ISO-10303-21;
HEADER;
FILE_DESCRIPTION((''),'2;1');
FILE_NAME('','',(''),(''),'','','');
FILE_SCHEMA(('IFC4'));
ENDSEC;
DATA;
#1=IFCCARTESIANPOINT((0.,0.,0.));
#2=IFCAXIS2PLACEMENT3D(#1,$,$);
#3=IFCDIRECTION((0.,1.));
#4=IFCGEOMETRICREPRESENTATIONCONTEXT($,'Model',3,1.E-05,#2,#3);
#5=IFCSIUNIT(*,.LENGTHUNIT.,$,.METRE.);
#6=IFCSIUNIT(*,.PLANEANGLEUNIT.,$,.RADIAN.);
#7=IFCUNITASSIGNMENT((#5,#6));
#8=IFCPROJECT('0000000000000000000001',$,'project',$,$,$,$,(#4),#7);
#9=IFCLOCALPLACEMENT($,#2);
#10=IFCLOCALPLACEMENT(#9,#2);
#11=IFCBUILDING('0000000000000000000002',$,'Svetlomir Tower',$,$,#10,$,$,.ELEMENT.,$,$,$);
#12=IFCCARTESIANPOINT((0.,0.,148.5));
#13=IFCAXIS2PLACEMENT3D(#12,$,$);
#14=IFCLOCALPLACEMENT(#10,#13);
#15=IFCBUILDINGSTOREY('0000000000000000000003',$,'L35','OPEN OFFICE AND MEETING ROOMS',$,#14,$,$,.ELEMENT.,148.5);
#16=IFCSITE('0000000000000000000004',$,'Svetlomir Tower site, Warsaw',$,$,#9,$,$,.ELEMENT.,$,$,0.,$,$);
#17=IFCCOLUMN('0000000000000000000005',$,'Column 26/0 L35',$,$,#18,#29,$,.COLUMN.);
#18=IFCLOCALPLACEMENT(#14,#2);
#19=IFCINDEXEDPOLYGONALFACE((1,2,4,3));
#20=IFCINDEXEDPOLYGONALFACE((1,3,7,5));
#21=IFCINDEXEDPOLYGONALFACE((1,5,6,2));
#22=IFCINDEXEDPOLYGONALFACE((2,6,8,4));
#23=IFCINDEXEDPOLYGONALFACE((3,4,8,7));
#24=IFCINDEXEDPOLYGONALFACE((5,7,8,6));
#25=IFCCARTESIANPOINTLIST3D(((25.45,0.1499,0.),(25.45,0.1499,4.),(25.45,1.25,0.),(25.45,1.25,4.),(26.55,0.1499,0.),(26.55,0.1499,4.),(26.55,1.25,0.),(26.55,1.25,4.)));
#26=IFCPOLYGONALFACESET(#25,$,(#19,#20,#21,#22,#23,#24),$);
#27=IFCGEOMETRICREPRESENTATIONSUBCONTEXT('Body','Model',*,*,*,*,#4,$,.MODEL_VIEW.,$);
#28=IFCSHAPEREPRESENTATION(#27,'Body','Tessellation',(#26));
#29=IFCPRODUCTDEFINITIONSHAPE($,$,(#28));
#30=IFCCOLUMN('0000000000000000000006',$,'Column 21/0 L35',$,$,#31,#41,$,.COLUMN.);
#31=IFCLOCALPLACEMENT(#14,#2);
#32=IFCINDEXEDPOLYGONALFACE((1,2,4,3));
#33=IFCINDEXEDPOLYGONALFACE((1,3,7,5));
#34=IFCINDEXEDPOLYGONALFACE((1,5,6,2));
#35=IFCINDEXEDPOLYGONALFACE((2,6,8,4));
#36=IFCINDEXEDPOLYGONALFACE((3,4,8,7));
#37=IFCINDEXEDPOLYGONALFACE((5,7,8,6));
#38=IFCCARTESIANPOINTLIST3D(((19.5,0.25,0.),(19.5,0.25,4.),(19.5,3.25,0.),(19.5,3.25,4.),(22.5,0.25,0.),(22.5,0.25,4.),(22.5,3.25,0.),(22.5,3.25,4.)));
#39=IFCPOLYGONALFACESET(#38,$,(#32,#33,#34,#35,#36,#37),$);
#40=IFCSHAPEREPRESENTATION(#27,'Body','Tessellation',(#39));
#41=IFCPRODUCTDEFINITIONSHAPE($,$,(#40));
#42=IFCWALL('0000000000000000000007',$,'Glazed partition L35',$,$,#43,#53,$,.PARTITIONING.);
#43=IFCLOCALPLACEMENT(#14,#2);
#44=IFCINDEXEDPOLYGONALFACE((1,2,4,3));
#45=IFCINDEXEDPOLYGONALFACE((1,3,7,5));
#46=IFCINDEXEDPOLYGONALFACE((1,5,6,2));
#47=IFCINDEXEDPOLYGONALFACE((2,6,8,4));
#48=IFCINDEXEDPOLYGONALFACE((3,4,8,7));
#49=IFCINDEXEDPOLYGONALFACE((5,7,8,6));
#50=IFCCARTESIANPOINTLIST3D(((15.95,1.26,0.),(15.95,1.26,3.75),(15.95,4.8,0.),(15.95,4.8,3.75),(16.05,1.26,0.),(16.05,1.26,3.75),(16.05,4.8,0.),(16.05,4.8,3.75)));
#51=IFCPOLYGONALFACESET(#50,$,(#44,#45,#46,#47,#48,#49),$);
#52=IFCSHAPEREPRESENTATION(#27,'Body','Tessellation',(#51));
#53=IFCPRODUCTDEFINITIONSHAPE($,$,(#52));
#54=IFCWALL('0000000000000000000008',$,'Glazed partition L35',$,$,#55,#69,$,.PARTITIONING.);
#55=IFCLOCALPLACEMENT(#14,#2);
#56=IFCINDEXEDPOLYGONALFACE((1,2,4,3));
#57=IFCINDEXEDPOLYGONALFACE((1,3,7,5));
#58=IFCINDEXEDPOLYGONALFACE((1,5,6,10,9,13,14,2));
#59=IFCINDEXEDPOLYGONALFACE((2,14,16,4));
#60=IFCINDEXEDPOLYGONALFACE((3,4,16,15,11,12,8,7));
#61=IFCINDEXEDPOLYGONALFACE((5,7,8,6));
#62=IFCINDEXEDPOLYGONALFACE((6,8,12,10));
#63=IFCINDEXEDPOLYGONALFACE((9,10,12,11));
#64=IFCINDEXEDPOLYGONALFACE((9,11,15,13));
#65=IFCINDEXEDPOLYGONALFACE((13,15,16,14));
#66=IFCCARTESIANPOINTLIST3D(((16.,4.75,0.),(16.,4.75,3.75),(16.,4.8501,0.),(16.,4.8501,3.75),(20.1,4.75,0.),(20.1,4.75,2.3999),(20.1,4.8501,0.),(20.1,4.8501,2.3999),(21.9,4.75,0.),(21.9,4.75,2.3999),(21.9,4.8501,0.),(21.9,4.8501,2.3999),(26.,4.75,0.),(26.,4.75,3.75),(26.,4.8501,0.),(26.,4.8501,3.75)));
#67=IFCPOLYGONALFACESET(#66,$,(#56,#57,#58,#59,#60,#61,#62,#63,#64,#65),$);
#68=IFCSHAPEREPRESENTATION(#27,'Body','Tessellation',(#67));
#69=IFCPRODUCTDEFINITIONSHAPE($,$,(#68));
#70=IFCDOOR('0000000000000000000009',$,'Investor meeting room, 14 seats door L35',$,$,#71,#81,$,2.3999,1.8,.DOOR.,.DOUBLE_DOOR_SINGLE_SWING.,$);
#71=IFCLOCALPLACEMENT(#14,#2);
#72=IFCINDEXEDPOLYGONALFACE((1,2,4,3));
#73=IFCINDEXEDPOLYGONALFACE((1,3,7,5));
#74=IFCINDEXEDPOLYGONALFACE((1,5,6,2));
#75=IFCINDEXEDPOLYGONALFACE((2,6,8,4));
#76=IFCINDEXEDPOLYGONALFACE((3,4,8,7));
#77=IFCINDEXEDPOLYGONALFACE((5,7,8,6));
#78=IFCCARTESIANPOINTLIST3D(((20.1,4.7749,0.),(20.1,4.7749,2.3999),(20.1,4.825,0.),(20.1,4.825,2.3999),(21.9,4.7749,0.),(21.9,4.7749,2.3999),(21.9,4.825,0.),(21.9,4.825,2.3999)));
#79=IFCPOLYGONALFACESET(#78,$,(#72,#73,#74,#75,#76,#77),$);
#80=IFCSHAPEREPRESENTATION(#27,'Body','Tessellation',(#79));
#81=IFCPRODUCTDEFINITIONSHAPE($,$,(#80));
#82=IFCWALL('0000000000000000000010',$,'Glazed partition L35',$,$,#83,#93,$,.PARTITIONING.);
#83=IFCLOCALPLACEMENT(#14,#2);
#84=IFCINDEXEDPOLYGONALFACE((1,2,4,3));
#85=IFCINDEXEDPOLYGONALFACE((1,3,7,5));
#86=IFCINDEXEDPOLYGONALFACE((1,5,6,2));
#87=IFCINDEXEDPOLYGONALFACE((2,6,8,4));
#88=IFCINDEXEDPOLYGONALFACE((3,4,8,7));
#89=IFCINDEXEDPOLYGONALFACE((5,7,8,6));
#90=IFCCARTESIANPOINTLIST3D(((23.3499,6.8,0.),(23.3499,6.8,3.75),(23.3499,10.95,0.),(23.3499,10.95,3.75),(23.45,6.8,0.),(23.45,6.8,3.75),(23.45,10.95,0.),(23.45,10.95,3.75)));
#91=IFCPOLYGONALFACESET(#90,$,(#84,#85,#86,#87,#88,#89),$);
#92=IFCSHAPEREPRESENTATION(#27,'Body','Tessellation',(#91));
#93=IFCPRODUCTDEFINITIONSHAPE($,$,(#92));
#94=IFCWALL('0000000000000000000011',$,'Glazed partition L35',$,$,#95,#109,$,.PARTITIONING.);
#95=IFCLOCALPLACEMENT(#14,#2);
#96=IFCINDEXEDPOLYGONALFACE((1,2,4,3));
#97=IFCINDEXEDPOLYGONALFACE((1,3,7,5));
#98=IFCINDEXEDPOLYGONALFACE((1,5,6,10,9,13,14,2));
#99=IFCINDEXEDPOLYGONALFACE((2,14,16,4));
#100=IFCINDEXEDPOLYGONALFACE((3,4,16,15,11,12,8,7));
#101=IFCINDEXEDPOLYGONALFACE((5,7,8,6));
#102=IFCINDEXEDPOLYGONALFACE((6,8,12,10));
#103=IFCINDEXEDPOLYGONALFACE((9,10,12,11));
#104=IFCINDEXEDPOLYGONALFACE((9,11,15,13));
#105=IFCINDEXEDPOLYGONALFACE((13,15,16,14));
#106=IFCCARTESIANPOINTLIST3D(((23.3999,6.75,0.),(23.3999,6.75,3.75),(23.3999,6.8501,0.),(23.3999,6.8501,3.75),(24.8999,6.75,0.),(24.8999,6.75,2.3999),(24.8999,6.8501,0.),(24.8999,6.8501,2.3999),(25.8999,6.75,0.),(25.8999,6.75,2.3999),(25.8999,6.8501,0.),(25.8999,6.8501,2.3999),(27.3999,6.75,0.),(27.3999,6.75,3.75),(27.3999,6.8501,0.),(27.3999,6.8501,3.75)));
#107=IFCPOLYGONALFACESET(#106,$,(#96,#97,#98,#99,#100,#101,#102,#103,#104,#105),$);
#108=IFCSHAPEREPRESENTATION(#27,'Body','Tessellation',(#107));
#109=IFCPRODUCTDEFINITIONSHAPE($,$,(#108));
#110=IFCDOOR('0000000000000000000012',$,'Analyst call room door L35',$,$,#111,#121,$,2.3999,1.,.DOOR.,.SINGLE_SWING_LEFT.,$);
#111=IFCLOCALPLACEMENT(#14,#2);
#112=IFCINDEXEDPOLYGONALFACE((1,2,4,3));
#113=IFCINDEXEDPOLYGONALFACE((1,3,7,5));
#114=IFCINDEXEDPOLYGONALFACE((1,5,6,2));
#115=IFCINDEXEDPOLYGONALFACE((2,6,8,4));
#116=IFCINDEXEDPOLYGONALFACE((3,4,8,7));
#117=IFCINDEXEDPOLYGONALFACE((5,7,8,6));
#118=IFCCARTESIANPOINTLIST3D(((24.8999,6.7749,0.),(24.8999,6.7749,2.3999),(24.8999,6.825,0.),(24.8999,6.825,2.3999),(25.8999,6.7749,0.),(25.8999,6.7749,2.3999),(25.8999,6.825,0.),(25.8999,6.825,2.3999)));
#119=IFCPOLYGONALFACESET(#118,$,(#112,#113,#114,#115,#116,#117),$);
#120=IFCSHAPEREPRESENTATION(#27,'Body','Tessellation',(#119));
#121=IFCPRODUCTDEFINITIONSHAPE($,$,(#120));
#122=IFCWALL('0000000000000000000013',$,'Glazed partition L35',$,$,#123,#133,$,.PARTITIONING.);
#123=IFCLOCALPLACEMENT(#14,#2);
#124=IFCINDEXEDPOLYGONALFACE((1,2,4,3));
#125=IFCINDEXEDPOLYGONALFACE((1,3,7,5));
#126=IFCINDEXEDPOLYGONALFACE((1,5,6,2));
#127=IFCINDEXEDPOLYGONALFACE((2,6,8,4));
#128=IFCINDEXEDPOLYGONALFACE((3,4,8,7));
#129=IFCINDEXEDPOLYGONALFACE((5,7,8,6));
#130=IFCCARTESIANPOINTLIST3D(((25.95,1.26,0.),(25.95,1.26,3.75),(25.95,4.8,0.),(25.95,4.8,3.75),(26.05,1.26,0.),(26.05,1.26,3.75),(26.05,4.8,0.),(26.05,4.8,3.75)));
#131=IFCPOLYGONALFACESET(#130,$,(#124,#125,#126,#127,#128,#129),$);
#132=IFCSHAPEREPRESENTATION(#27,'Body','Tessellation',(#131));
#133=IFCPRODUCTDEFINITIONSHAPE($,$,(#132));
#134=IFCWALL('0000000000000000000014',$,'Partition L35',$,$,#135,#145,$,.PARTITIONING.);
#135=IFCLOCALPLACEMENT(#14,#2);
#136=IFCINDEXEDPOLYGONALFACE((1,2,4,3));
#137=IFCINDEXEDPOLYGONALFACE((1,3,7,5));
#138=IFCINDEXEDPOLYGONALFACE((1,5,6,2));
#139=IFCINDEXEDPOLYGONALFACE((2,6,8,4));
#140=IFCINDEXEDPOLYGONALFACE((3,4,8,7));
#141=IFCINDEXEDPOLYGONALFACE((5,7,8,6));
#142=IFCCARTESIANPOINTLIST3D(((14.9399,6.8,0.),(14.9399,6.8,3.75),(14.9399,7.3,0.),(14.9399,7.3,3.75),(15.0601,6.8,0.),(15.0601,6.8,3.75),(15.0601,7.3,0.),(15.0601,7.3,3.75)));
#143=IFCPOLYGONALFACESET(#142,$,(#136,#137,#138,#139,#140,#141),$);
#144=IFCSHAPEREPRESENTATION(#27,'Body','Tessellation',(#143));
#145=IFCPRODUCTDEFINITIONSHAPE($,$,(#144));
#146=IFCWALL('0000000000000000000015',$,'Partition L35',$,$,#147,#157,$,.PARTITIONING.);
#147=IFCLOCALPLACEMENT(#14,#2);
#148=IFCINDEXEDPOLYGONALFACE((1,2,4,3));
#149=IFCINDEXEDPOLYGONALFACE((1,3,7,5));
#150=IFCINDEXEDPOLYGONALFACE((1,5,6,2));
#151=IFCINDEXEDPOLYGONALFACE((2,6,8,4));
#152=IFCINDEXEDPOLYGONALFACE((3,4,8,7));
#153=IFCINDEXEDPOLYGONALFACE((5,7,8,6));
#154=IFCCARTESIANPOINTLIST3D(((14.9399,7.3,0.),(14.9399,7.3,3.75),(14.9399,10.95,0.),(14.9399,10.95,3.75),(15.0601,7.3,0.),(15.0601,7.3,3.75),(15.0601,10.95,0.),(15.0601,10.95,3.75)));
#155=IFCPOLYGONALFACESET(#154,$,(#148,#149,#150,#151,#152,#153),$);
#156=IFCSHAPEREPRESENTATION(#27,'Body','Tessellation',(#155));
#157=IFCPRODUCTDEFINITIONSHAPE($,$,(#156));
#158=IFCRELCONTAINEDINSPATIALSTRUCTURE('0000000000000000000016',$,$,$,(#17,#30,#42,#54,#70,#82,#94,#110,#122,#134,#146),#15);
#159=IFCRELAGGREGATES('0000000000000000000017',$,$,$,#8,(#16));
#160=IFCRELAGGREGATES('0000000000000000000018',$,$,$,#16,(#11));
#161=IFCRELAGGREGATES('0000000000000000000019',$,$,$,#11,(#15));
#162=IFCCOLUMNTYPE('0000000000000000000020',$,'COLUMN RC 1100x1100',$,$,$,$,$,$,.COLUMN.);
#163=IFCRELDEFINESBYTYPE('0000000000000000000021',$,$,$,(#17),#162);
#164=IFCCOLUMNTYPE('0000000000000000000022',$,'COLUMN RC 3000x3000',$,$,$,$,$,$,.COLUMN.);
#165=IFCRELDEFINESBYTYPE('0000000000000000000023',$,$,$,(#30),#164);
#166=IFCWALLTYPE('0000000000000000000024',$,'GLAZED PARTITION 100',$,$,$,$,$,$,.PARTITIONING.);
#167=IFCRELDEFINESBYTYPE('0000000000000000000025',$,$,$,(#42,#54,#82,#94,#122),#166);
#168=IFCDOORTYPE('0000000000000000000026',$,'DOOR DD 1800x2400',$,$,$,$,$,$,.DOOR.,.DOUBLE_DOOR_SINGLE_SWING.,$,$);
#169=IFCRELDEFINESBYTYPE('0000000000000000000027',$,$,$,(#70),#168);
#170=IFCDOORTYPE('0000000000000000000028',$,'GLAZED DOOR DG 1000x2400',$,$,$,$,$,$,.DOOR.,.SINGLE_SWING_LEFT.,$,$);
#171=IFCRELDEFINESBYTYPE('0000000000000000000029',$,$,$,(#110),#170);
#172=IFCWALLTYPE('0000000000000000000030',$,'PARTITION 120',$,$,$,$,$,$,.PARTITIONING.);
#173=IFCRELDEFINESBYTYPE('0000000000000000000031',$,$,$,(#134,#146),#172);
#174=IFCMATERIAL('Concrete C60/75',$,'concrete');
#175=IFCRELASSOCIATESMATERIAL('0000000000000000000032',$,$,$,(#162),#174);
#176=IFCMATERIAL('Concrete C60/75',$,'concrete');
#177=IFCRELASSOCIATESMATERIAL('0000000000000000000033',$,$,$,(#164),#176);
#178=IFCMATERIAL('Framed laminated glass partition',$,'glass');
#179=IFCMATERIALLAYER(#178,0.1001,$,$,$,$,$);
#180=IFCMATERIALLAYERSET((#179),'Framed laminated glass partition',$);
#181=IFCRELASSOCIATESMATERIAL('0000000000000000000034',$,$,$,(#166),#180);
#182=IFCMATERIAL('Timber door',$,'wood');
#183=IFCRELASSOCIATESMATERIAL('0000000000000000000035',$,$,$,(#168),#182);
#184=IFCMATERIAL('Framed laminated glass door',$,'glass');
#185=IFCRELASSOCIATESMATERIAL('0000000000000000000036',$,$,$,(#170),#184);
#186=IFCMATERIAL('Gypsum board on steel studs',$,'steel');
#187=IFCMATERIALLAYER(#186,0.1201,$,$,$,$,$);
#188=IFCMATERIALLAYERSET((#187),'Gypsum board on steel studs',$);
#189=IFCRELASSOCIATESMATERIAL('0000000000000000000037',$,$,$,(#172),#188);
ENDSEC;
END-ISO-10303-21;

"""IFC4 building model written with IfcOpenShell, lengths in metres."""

from ifc_helpers import new_model, si_unit, direction, frame, frame_2d, origin, origin_2d, place, context, subcontext, project, spatial, rectangle, extrude, material, layer, layer_set, material_profile, profile_set, type_object, element, fill, save


model = new_model("IFC4")

# Units and contexts
model_context = context("Model", 3, precision=1e-05, world=origin(), true_north=direction((0.0, 1.0)))
body_context = subcontext(model_context, "Body", "Model", "MODEL_VIEW")
ifc_project = project(units=[si_unit("LENGTHUNIT", "METRE"), si_unit("PLANEANGLEUNIT", "RADIAN")], contexts=[model_context])

# Site, building, storey
site_placement = place(None, origin())
site = spatial("IfcSite", under=ifc_project, at=site_placement, Name="Svetlomir Tower site, Warsaw", CompositionType="ELEMENT", RefElevation=0.0)
building_placement = place(site_placement, origin())
building = spatial("IfcBuilding", under=site, at=building_placement, Name="Svetlomir Tower", CompositionType="ELEMENT")
storey_placement = place(building_placement, frame((0.0, 0.0, 148.5)))
storey = spatial("IfcBuildingStorey", under=building, at=storey_placement, Name="L35", Description="OPEN OFFICE AND MEETING ROOMS", CompositionType="ELEMENT", Elevation=148.5)

# Columns
ifc_material_1 = material(Name="Concrete C60/75", Category="concrete")
ifc_material_profile_1 = material_profile(ifc_material_1, rectangle(XDim=1.1001, YDim=1.1001, at=origin_2d()), Name="RC 1100x1100")
ifc_profile_set_1 = profile_set([ifc_material_profile_1], Name="Concrete C60/75")
column_type_1 = type_object("IfcColumnType", Name="COLUMN RC 1100x1100", PredefinedType="COLUMN", material=ifc_profile_set_1)
column_1_placement = place(storey_placement, frame((26.0, 0.7, 0.0), z_axis=(0.0, 0.0, 1.0), x_axis=(1.0, 0.0, 0.0)))
element("IfcColumn", 1, at=column_1_placement, inside=storey, type_object=column_type_1, Name="Column 26/0 L35", PredefinedType="COLUMN", context=body_context, shape_type="SweptSolid", body=[
    extrude(rectangle(XDim=1.1001, YDim=1.1001, at=origin_2d()), origin(), (0.0, 0.0, 1.0), 4.0),
])
ifc_material_2 = material(Name="Concrete C60/75", Category="concrete")
ifc_material_profile_2 = material_profile(ifc_material_2, rectangle(XDim=3.0, YDim=3.0, at=origin_2d()), Name="RC 3000x3000")
ifc_profile_set_2 = profile_set([ifc_material_profile_2], Name="Concrete C60/75")
column_type_2 = type_object("IfcColumnType", Name="COLUMN RC 3000x3000", PredefinedType="COLUMN", material=ifc_profile_set_2)
column_2_placement = place(storey_placement, frame((21.0, 1.75, 0.0), z_axis=(0.0, 0.0, 1.0), x_axis=(1.0, 0.0, 0.0)))
element("IfcColumn", 2, at=column_2_placement, inside=storey, type_object=column_type_2, Name="Column 21/0 L35", PredefinedType="COLUMN", context=body_context, shape_type="SweptSolid", body=[
    extrude(rectangle(XDim=3.0, YDim=3.0, at=origin_2d()), origin(), (0.0, 0.0, 1.0), 4.0),
])

# Wall
ifc_material_3 = material(Name="Framed laminated glass partition", Category="glass")
ifc_layer_1 = layer(ifc_material_3, 0.1001)
ifc_layer_set_1 = layer_set([ifc_layer_1], Name="Framed laminated glass partition")
wall_type_1 = type_object("IfcWallType", Name="GLAZED PARTITION 100", PredefinedType="PARTITIONING", material=ifc_layer_set_1)
wall_1_placement = place(storey_placement, frame((16.0, 1.26, 0.0), z_axis=(0.0, 0.0, 1.0), x_axis=(0.0, 1.0, 0.0)))
element("IfcWall", 3, at=wall_1_placement, inside=storey, type_object=wall_type_1, Name="Glazed partition L35", PredefinedType="PARTITIONING", context=body_context, shape_type="SweptSolid", body=[
    extrude(rectangle(XDim=3.54, YDim=0.1001, at=frame_2d((1.77, 0.0))), origin(), (0.0, 0.0, 1.0), 3.75),
])

# Wall, opening, door
wall_2_placement = place(storey_placement, frame((16.0, 4.8, 0.0), z_axis=(0.0, 0.0, 1.0), x_axis=(1.0, 0.0, 0.0)))
wall_2 = element("IfcWall", 4, at=wall_2_placement, inside=storey, type_object=wall_type_1, Name="Glazed partition L35", PredefinedType="PARTITIONING", context=body_context, shape_type="SweptSolid", body=[
    extrude(rectangle(XDim=10.0, YDim=0.1001, at=frame_2d((5.0, 0.0))), origin(), (0.0, 0.0, 1.0), 3.75),
])
opening_1_placement = place(wall_2_placement, frame((4.1001, 0.0, 0.0)))
opening_1 = element("IfcOpeningElement", 5, at=opening_1_placement, cuts=wall_2, PredefinedType="OPENING", context=body_context, shape_type="SweptSolid", body=[
    extrude(rectangle(XDim=1.8, YDim=2.3999, at=frame_2d((0.8999, 1.2))), frame((0.0, 0.0601, 0.0), z_axis=(0.0, -1.0, 0.0), x_axis=(1.0, 0.0, 0.0)), (0.0, 0.0, 1.0), 0.1201),
])
ifc_material_4 = material(Name="Timber door", Category="wood")
door_type_1 = type_object("IfcDoorType", Name="DOOR DD 1800x2400", OperationType="DOUBLE_DOOR_SINGLE_SWING", PredefinedType="DOOR", material=ifc_material_4)
door_1_placement = place(opening_1_placement, origin())
door_1 = element("IfcDoor", 6, at=door_1_placement, inside=storey, type_object=door_type_1, Name="Investor meeting room, 14 seats door L35", OperationType="DOUBLE_DOOR_SINGLE_SWING", OverallHeight=2.3999, OverallWidth=1.8, PredefinedType="DOOR", context=body_context, shape_type="SweptSolid", body=[
    extrude(rectangle(XDim=1.8, YDim=2.3999, at=frame_2d((0.8999, 1.2))), frame((0.0, 0.0249, 0.0), z_axis=(0.0, -1.0, 0.0), x_axis=(1.0, 0.0, 0.0)), (0.0, 0.0, 1.0), 0.05),
])
fill(opening_1, door_1)

# Wall
wall_3_placement = place(storey_placement, frame((23.3999, 6.8, 0.0), z_axis=(0.0, 0.0, 1.0), x_axis=(0.0, 1.0, 0.0)))
element("IfcWall", 7, at=wall_3_placement, inside=storey, type_object=wall_type_1, Name="Glazed partition L35", PredefinedType="PARTITIONING", context=body_context, shape_type="SweptSolid", body=[
    extrude(rectangle(XDim=4.1499, YDim=0.1001, at=frame_2d((2.075, 0.0))), origin(), (0.0, 0.0, 1.0), 3.75),
])

# Wall, opening, door
wall_4_placement = place(storey_placement, frame((23.3999, 6.8, 0.0), z_axis=(0.0, 0.0, 1.0), x_axis=(1.0, 0.0, 0.0)))
wall_4 = element("IfcWall", 8, at=wall_4_placement, inside=storey, type_object=wall_type_1, Name="Glazed partition L35", PredefinedType="PARTITIONING", context=body_context, shape_type="SweptSolid", body=[
    extrude(rectangle(XDim=4.0, YDim=0.1001, at=frame_2d((2.0, 0.0))), origin(), (0.0, 0.0, 1.0), 3.75),
])
opening_2_placement = place(wall_4_placement, frame((1.5, 0.0, 0.0)))
opening_2 = element("IfcOpeningElement", 9, at=opening_2_placement, cuts=wall_4, PredefinedType="OPENING", context=body_context, shape_type="SweptSolid", body=[
    extrude(rectangle(XDim=1.0, YDim=2.3999, at=frame_2d((0.5, 1.2))), frame((0.0, 0.0601, 0.0), z_axis=(0.0, -1.0, 0.0), x_axis=(1.0, 0.0, 0.0)), (0.0, 0.0, 1.0), 0.1201),
])
ifc_material_5 = material(Name="Framed laminated glass door", Category="glass")
door_type_2 = type_object("IfcDoorType", Name="GLAZED DOOR DG 1000x2400", OperationType="SINGLE_SWING_LEFT", PredefinedType="DOOR", material=ifc_material_5)
door_2_placement = place(opening_2_placement, origin())
door_2 = element("IfcDoor", 10, at=door_2_placement, inside=storey, type_object=door_type_2, Name="Analyst call room door L35", OperationType="SINGLE_SWING_LEFT", OverallHeight=2.3999, OverallWidth=1.0, PredefinedType="DOOR", context=body_context, shape_type="SweptSolid", body=[
    extrude(rectangle(XDim=1.0, YDim=2.3999, at=frame_2d((0.5, 1.2))), frame((0.0, 0.0249, 0.0), z_axis=(0.0, -1.0, 0.0), x_axis=(1.0, 0.0, 0.0)), (0.0, 0.0, 1.0), 0.05),
])
fill(opening_2, door_2)

# Walls
wall_5_placement = place(storey_placement, frame((26.0, 1.26, 0.0), z_axis=(0.0, 0.0, 1.0), x_axis=(0.0, 1.0, 0.0)))
element("IfcWall", 11, at=wall_5_placement, inside=storey, type_object=wall_type_1, Name="Glazed partition L35", PredefinedType="PARTITIONING", context=body_context, shape_type="SweptSolid", body=[
    extrude(rectangle(XDim=3.54, YDim=0.1001, at=frame_2d((1.77, 0.0))), origin(), (0.0, 0.0, 1.0), 3.75),
])
ifc_material_6 = material(Name="Gypsum board on steel studs", Category="steel")
ifc_layer_2 = layer(ifc_material_6, 0.1201)
ifc_layer_set_2 = layer_set([ifc_layer_2], Name="Gypsum board on steel studs")
wall_type_2 = type_object("IfcWallType", Name="PARTITION 120", PredefinedType="PARTITIONING", material=ifc_layer_set_2)
wall_6_placement = place(storey_placement, frame((15.0, 6.8, 0.0), z_axis=(0.0, 0.0, 1.0), x_axis=(0.0, 1.0, 0.0)))
element("IfcWall", 12, at=wall_6_placement, inside=storey, type_object=wall_type_2, Name="Partition L35", PredefinedType="PARTITIONING", context=body_context, shape_type="SweptSolid", body=[
    extrude(rectangle(XDim=0.5, YDim=0.1201, at=frame_2d((0.25, 0.0))), origin(), (0.0, 0.0, 1.0), 3.75),
])
wall_7_placement = place(storey_placement, frame((15.0, 7.3, 0.0), z_axis=(0.0, 0.0, 1.0), x_axis=(0.0, 1.0, 0.0)))
element("IfcWall", 13, at=wall_7_placement, inside=storey, type_object=wall_type_2, Name="Partition L35", PredefinedType="PARTITIONING", context=body_context, shape_type="SweptSolid", body=[
    extrude(rectangle(XDim=3.6499, YDim=0.1201, at=frame_2d((1.825, 0.0))), origin(), (0.0, 0.0, 1.0), 3.75),
])

save(model, "model.ifc")
